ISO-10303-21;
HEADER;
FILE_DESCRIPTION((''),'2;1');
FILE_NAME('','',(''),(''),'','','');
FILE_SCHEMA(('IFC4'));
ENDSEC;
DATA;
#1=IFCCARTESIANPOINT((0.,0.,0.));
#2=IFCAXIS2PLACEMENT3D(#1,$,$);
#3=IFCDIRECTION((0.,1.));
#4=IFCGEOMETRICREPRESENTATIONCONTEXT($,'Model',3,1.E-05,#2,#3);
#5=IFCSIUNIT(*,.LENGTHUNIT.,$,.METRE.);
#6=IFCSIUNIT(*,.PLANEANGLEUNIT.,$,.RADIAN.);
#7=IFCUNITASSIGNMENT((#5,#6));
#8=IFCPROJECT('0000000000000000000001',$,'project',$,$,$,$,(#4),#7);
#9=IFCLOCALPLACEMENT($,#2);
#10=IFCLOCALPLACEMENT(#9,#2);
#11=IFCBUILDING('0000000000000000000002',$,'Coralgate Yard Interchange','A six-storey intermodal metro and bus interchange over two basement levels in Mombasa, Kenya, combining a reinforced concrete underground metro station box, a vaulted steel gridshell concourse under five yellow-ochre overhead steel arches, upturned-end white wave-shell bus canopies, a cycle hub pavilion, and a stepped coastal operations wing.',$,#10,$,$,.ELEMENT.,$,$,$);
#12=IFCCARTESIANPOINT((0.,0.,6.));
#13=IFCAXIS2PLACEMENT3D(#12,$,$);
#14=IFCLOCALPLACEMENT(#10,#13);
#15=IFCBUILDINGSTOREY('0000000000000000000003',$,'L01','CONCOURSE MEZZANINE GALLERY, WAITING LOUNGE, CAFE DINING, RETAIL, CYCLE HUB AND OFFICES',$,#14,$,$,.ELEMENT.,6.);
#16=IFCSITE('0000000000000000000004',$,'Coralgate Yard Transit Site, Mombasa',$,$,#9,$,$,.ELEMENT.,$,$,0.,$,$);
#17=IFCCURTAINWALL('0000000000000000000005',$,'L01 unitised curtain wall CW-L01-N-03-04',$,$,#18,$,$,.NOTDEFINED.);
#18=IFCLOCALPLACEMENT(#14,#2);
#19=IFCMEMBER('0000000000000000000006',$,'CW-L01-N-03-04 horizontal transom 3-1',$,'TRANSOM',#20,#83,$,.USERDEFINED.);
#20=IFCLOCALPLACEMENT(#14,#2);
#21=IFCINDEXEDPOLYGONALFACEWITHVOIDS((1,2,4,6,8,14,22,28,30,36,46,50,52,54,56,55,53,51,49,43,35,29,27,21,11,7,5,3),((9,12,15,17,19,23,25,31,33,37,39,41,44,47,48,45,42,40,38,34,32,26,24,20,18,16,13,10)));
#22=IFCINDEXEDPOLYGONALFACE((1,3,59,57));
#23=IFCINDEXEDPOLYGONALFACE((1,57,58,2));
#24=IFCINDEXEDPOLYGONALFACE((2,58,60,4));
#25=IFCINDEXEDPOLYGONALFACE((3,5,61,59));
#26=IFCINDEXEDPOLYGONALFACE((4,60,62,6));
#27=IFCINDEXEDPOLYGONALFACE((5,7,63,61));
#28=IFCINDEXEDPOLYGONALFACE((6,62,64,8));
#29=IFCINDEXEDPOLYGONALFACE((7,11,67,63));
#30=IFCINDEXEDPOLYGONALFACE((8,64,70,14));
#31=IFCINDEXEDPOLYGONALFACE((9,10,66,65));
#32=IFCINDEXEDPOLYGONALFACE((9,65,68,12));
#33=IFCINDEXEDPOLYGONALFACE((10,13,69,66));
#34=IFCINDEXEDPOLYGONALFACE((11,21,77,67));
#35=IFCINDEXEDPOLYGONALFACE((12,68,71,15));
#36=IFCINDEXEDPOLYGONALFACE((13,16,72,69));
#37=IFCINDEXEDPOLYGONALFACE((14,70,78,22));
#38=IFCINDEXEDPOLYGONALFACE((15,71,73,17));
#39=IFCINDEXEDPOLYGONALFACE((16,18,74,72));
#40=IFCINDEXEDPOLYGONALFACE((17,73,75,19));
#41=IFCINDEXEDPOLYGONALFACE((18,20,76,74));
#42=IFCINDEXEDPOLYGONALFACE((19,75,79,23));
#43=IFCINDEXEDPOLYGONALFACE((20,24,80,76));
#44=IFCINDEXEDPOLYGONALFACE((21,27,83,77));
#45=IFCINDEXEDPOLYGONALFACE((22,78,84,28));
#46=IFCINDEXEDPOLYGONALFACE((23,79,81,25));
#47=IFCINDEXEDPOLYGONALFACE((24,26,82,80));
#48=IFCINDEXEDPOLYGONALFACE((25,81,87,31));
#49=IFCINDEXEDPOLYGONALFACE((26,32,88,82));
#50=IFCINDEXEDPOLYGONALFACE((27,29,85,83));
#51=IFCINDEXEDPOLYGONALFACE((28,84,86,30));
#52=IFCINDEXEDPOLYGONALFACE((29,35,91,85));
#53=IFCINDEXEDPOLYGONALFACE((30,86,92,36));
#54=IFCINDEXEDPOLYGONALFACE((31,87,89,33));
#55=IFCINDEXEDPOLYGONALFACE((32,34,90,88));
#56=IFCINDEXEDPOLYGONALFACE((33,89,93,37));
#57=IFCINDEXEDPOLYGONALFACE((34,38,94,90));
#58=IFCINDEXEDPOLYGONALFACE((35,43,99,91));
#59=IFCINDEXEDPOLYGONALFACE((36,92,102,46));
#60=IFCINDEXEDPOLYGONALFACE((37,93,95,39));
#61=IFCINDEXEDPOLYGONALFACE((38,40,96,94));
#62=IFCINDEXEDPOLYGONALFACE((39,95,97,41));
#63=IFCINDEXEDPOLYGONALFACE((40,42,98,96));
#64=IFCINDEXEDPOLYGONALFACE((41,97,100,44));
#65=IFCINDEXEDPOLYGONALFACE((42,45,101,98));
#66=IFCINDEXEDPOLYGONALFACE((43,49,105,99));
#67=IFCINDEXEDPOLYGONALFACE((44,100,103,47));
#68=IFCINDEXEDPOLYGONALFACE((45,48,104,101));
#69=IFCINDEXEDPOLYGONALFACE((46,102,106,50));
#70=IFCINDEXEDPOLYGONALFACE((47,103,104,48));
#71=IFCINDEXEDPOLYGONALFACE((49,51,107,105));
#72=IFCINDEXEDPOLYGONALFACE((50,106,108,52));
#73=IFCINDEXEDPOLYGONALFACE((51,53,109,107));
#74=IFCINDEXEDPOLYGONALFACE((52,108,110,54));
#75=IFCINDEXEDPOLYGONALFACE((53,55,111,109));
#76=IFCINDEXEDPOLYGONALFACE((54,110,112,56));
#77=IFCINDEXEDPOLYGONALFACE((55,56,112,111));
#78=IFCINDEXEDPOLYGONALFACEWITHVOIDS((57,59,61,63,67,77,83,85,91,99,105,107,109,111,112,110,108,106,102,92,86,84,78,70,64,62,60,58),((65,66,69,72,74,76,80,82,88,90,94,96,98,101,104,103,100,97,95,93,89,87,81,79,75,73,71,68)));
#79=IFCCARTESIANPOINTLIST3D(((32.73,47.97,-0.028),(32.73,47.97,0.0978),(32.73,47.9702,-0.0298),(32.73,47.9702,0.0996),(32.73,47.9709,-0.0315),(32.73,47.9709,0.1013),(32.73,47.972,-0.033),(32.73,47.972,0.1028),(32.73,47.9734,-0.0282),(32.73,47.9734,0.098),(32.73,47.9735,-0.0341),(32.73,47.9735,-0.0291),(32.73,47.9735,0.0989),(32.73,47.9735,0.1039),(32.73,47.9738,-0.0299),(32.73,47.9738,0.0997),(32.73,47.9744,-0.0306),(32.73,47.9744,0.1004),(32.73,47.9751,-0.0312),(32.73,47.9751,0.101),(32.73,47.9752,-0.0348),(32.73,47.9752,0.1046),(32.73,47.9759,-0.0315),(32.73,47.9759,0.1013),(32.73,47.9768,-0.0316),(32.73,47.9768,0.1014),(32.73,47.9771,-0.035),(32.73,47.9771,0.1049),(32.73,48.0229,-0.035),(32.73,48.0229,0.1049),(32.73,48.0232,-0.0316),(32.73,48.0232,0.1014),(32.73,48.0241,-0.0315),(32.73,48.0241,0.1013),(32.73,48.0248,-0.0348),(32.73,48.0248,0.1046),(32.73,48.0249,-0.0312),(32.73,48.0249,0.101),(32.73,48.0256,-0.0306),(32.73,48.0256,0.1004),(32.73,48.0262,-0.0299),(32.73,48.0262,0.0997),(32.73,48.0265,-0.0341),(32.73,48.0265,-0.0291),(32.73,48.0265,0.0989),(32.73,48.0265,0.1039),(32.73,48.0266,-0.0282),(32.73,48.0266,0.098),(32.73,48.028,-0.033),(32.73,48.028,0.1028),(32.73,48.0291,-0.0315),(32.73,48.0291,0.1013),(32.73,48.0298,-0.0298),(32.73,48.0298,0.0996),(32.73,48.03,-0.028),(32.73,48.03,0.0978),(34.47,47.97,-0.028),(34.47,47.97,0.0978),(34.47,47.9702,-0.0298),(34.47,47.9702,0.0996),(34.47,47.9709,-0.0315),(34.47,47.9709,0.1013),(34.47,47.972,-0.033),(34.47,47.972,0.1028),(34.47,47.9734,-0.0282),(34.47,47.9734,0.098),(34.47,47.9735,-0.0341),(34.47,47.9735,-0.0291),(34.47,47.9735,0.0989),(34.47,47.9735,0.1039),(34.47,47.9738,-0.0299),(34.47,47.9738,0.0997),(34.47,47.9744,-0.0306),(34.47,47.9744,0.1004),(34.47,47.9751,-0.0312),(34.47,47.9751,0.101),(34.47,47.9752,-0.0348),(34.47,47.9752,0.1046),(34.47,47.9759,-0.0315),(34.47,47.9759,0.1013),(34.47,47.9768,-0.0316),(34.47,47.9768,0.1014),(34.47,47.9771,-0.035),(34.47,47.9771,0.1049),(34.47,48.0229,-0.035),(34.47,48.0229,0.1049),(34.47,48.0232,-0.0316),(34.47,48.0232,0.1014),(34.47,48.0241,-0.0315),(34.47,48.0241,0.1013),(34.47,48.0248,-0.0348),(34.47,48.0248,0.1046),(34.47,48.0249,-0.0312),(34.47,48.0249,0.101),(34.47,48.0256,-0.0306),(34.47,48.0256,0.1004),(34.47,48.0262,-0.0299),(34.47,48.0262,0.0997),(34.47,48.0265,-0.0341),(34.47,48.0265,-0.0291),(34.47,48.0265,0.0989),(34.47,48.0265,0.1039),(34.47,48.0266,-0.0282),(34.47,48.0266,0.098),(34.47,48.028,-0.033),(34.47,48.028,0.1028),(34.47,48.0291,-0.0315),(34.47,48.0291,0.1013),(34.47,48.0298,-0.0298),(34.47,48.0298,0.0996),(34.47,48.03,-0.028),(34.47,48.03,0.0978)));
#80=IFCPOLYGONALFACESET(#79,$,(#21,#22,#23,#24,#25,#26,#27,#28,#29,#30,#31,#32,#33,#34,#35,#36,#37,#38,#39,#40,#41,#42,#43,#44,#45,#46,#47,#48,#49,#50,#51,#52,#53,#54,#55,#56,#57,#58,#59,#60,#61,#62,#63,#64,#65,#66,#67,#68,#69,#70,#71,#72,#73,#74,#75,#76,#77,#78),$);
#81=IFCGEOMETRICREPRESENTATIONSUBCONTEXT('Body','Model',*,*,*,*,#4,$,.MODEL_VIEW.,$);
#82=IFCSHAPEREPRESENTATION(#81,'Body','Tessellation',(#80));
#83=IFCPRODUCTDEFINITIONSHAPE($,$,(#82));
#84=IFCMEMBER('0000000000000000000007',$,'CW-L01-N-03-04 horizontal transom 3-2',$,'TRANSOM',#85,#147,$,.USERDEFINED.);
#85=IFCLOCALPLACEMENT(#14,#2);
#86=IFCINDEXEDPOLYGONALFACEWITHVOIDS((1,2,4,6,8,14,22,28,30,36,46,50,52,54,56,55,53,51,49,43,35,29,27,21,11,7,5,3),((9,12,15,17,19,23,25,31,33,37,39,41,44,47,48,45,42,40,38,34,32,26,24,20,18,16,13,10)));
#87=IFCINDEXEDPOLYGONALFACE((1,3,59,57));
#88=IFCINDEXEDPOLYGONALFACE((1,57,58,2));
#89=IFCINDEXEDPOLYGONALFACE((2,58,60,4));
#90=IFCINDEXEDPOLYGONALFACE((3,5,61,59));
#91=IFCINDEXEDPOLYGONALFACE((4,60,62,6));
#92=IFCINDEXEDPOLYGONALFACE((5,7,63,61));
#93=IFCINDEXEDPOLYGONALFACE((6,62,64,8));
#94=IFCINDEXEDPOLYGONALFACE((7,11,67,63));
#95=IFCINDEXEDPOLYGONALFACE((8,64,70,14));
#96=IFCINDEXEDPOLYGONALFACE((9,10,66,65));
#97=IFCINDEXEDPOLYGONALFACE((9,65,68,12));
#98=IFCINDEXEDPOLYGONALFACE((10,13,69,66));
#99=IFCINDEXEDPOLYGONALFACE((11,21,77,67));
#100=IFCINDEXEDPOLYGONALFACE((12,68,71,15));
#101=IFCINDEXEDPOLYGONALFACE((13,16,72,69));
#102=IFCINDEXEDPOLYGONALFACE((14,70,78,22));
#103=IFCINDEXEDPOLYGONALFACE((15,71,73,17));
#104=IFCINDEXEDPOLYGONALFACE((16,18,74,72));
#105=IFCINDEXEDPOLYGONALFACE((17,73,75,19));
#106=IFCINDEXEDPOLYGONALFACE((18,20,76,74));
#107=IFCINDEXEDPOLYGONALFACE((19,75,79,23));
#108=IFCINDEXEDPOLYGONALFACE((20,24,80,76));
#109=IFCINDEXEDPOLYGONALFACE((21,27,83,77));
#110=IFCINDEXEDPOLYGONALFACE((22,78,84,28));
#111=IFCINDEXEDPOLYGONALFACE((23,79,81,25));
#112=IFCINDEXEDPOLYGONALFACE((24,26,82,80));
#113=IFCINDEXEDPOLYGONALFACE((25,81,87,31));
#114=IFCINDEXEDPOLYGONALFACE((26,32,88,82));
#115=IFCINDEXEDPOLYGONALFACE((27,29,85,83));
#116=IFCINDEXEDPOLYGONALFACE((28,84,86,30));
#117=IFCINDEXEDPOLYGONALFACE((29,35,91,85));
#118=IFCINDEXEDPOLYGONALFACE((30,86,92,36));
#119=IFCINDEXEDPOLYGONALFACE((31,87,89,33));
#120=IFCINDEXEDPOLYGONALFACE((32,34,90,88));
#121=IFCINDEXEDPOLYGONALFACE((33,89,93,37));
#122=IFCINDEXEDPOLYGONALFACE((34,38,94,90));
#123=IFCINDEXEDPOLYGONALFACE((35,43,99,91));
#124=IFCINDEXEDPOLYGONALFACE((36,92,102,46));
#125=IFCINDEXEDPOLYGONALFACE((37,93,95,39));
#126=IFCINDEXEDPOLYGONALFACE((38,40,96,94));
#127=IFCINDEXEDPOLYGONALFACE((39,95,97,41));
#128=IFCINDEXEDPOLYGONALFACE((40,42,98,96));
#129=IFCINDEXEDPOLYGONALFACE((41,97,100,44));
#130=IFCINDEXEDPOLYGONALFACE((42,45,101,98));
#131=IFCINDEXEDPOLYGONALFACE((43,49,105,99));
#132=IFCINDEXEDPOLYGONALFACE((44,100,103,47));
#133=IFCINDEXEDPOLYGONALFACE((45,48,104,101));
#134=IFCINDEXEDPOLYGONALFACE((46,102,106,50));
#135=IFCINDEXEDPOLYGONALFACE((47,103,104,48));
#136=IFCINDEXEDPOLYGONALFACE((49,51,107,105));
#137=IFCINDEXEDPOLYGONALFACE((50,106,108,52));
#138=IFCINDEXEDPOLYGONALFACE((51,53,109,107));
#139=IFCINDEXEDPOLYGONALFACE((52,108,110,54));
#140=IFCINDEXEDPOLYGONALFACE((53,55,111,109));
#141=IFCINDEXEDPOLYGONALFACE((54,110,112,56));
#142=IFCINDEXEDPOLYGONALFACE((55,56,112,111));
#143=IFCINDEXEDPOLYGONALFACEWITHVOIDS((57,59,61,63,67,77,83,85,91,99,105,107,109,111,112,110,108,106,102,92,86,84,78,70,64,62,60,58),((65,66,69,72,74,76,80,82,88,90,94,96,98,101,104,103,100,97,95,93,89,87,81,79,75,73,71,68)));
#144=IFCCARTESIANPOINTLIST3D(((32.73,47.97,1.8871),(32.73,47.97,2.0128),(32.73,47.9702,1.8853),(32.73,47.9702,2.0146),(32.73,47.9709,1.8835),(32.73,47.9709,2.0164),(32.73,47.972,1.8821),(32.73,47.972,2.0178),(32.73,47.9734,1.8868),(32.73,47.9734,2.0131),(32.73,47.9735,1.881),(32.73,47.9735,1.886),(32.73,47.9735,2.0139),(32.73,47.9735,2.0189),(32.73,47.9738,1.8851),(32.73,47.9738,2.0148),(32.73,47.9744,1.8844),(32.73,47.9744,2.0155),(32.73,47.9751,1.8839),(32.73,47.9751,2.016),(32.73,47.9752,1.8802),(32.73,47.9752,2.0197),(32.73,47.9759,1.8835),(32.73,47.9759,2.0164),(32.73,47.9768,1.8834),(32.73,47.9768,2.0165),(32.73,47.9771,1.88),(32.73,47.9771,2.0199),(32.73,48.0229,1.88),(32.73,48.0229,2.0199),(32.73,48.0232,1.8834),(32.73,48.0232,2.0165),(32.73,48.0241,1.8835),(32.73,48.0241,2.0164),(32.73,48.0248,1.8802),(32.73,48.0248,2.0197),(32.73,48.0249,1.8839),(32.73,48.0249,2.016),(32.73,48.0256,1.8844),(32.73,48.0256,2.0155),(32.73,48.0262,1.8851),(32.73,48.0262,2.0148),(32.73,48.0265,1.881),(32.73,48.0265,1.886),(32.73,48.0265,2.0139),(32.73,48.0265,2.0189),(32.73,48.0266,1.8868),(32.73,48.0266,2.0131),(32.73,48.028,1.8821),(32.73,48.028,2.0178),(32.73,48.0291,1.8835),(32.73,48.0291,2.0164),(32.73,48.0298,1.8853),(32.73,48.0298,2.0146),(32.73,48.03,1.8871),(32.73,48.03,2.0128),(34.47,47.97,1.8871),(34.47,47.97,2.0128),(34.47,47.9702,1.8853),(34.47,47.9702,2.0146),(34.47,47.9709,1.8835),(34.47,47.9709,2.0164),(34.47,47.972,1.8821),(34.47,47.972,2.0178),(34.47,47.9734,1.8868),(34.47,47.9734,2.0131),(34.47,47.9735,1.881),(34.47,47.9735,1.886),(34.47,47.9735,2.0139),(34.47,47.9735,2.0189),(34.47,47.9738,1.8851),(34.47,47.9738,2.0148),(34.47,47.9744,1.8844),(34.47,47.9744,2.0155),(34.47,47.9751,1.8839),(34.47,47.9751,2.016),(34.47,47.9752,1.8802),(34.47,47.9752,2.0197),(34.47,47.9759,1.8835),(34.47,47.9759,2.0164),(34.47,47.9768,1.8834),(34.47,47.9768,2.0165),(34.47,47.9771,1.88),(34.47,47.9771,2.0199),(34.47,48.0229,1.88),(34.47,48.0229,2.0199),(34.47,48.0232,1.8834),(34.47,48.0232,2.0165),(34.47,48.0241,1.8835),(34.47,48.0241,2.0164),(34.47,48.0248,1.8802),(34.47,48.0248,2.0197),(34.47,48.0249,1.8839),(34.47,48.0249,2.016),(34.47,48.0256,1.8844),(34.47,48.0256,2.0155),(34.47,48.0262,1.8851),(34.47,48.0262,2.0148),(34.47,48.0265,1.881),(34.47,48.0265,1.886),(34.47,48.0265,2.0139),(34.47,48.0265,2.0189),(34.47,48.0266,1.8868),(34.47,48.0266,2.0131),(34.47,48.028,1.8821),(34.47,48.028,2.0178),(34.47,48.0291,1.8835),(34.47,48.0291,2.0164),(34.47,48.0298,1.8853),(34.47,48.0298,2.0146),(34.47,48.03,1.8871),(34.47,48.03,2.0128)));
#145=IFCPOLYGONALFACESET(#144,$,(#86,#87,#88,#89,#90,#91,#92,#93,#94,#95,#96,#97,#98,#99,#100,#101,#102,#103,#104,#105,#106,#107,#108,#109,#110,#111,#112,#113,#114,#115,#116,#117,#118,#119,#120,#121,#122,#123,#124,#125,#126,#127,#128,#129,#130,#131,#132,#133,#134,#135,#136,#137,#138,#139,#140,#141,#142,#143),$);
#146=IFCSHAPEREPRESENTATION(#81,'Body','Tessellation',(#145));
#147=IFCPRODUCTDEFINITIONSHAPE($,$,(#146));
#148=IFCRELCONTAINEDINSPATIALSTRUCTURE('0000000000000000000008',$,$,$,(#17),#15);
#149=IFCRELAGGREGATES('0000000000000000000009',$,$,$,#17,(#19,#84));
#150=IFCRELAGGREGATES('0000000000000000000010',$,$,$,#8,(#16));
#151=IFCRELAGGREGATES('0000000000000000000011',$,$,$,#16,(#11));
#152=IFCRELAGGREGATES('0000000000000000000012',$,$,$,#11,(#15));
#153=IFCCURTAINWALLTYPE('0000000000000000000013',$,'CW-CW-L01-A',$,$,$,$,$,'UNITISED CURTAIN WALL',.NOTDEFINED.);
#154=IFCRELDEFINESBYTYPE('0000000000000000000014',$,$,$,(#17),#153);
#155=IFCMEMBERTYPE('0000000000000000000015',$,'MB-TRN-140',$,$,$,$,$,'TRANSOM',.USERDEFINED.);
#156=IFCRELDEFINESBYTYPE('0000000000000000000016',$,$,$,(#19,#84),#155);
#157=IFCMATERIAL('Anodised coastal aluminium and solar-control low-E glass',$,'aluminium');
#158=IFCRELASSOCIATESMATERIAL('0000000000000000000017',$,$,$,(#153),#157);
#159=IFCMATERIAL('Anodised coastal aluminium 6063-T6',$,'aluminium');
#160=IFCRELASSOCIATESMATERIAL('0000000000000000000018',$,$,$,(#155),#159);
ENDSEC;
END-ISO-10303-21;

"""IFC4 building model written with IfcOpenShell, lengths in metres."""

from ifc_helpers import new_model, si_unit, direction, frame, origin, origin_2d, place, context, subcontext, project, spatial, hollow_rectangle, extrude, material, material_profile, profile_set, type_object, element, aggregate, save


model = new_model("IFC4")

# Units and contexts
model_context = context("Model", 3, precision=1e-05, world=origin(), true_north=direction((0.0, 1.0)))
body_context = subcontext(model_context, "Body", "Model", "MODEL_VIEW")
ifc_project = project(units=[si_unit("LENGTHUNIT", "METRE"), si_unit("PLANEANGLEUNIT", "RADIAN")], contexts=[model_context])

# Site, building, storey
site_placement = place(None, origin())
site = spatial("IfcSite", under=ifc_project, at=site_placement, Name="Coralgate Yard Transit Site, Mombasa", CompositionType="ELEMENT", RefElevation=0.0)
building_placement = place(site_placement, origin())
building = spatial("IfcBuilding", under=site, at=building_placement, Name="Coralgate Yard Interchange", Description="A six-storey intermodal metro and bus interchange over two basement levels in Mombasa, Kenya, combining a reinforced concrete underground metro station box, a vaulted steel gridshell concourse under five yellow-ochre overhead steel arches, upturned-end white wave-shell bus canopies, a cycle hub pavilion, and a stepped coastal operations wing.", CompositionType="ELEMENT")
storey_placement = place(building_placement, frame((0.0, 0.0, 6.0)))
storey = spatial("IfcBuildingStorey", under=building, at=storey_placement, Name="L01", Description="CONCOURSE MEZZANINE GALLERY, WAITING LOUNGE, CAFE DINING, RETAIL, CYCLE HUB AND OFFICES", CompositionType="ELEMENT", Elevation=6.0)

# Curtain wall, members
ifc_material_1 = material(Name="Anodised coastal aluminium and solar-control low-E glass", Category="aluminium")
curtain_wall_type = type_object("IfcCurtainWallType", Name="CW-CW-L01-A", ElementType="UNITISED CURTAIN WALL", PredefinedType="NOTDEFINED", material=ifc_material_1)
curtain_wall_placement = place(storey_placement, origin())
curtain_wall = element("IfcCurtainWall", 1, at=curtain_wall_placement, inside=storey, type_object=curtain_wall_type, Name="L01 unitised curtain wall CW-L01-N-03-04", PredefinedType="NOTDEFINED")
ifc_material_2 = material(Name="Anodised coastal aluminium 6063-T6", Category="aluminium")
ifc_material_profile_1 = material_profile(ifc_material_2, hollow_rectangle(XDim=0.0601, YDim=0.1399, WallThickness=0.0034, InnerFilletRadius=0.0034, OuterFilletRadius=0.0071, at=origin_2d()), Name="ALU 60x140x3.5")
ifc_profile_set_1 = profile_set([ifc_material_profile_1], Name="Anodised coastal aluminium 6063-T6")
member_type_1 = type_object("IfcMemberType", Name="MB-TRN-140", ElementType="TRANSOM", PredefinedType="USERDEFINED", material=ifc_profile_set_1)
member_1_placement = place(storey_placement, frame((32.73, 48.0, 0.0349), z_axis=(1.0, 0.0, 0.0), x_axis=(0.0, 1.0, 0.0)))
member_1 = element("IfcMember", 2, at=member_1_placement, type_object=member_type_1, Name="CW-L01-N-03-04 horizontal transom 3-1", ObjectType="TRANSOM", PredefinedType="USERDEFINED", context=body_context, shape_type="SweptSolid", body=[
    extrude(hollow_rectangle(XDim=0.0601, YDim=0.1399, WallThickness=0.0034, InnerFilletRadius=0.0034, OuterFilletRadius=0.0071, at=origin_2d()), origin(), (0.0, 0.0, 1.0), 1.74),
])
member_2_placement = place(storey_placement, frame((32.73, 48.0, 1.95), z_axis=(1.0, 0.0, 0.0), x_axis=(0.0, 1.0, 0.0)))
member_2 = element("IfcMember", 3, at=member_2_placement, type_object=member_type_1, Name="CW-L01-N-03-04 horizontal transom 3-2", ObjectType="TRANSOM", PredefinedType="USERDEFINED", context=body_context, shape_type="SweptSolid", body=[
    extrude(hollow_rectangle(XDim=0.0601, YDim=0.1399, WallThickness=0.0034, InnerFilletRadius=0.0034, OuterFilletRadius=0.0071, at=origin_2d()), origin(), (0.0, 0.0, 1.0), 1.74),
])
aggregate(curtain_wall, [member_1, member_2])

save(model, "model.ifc")
